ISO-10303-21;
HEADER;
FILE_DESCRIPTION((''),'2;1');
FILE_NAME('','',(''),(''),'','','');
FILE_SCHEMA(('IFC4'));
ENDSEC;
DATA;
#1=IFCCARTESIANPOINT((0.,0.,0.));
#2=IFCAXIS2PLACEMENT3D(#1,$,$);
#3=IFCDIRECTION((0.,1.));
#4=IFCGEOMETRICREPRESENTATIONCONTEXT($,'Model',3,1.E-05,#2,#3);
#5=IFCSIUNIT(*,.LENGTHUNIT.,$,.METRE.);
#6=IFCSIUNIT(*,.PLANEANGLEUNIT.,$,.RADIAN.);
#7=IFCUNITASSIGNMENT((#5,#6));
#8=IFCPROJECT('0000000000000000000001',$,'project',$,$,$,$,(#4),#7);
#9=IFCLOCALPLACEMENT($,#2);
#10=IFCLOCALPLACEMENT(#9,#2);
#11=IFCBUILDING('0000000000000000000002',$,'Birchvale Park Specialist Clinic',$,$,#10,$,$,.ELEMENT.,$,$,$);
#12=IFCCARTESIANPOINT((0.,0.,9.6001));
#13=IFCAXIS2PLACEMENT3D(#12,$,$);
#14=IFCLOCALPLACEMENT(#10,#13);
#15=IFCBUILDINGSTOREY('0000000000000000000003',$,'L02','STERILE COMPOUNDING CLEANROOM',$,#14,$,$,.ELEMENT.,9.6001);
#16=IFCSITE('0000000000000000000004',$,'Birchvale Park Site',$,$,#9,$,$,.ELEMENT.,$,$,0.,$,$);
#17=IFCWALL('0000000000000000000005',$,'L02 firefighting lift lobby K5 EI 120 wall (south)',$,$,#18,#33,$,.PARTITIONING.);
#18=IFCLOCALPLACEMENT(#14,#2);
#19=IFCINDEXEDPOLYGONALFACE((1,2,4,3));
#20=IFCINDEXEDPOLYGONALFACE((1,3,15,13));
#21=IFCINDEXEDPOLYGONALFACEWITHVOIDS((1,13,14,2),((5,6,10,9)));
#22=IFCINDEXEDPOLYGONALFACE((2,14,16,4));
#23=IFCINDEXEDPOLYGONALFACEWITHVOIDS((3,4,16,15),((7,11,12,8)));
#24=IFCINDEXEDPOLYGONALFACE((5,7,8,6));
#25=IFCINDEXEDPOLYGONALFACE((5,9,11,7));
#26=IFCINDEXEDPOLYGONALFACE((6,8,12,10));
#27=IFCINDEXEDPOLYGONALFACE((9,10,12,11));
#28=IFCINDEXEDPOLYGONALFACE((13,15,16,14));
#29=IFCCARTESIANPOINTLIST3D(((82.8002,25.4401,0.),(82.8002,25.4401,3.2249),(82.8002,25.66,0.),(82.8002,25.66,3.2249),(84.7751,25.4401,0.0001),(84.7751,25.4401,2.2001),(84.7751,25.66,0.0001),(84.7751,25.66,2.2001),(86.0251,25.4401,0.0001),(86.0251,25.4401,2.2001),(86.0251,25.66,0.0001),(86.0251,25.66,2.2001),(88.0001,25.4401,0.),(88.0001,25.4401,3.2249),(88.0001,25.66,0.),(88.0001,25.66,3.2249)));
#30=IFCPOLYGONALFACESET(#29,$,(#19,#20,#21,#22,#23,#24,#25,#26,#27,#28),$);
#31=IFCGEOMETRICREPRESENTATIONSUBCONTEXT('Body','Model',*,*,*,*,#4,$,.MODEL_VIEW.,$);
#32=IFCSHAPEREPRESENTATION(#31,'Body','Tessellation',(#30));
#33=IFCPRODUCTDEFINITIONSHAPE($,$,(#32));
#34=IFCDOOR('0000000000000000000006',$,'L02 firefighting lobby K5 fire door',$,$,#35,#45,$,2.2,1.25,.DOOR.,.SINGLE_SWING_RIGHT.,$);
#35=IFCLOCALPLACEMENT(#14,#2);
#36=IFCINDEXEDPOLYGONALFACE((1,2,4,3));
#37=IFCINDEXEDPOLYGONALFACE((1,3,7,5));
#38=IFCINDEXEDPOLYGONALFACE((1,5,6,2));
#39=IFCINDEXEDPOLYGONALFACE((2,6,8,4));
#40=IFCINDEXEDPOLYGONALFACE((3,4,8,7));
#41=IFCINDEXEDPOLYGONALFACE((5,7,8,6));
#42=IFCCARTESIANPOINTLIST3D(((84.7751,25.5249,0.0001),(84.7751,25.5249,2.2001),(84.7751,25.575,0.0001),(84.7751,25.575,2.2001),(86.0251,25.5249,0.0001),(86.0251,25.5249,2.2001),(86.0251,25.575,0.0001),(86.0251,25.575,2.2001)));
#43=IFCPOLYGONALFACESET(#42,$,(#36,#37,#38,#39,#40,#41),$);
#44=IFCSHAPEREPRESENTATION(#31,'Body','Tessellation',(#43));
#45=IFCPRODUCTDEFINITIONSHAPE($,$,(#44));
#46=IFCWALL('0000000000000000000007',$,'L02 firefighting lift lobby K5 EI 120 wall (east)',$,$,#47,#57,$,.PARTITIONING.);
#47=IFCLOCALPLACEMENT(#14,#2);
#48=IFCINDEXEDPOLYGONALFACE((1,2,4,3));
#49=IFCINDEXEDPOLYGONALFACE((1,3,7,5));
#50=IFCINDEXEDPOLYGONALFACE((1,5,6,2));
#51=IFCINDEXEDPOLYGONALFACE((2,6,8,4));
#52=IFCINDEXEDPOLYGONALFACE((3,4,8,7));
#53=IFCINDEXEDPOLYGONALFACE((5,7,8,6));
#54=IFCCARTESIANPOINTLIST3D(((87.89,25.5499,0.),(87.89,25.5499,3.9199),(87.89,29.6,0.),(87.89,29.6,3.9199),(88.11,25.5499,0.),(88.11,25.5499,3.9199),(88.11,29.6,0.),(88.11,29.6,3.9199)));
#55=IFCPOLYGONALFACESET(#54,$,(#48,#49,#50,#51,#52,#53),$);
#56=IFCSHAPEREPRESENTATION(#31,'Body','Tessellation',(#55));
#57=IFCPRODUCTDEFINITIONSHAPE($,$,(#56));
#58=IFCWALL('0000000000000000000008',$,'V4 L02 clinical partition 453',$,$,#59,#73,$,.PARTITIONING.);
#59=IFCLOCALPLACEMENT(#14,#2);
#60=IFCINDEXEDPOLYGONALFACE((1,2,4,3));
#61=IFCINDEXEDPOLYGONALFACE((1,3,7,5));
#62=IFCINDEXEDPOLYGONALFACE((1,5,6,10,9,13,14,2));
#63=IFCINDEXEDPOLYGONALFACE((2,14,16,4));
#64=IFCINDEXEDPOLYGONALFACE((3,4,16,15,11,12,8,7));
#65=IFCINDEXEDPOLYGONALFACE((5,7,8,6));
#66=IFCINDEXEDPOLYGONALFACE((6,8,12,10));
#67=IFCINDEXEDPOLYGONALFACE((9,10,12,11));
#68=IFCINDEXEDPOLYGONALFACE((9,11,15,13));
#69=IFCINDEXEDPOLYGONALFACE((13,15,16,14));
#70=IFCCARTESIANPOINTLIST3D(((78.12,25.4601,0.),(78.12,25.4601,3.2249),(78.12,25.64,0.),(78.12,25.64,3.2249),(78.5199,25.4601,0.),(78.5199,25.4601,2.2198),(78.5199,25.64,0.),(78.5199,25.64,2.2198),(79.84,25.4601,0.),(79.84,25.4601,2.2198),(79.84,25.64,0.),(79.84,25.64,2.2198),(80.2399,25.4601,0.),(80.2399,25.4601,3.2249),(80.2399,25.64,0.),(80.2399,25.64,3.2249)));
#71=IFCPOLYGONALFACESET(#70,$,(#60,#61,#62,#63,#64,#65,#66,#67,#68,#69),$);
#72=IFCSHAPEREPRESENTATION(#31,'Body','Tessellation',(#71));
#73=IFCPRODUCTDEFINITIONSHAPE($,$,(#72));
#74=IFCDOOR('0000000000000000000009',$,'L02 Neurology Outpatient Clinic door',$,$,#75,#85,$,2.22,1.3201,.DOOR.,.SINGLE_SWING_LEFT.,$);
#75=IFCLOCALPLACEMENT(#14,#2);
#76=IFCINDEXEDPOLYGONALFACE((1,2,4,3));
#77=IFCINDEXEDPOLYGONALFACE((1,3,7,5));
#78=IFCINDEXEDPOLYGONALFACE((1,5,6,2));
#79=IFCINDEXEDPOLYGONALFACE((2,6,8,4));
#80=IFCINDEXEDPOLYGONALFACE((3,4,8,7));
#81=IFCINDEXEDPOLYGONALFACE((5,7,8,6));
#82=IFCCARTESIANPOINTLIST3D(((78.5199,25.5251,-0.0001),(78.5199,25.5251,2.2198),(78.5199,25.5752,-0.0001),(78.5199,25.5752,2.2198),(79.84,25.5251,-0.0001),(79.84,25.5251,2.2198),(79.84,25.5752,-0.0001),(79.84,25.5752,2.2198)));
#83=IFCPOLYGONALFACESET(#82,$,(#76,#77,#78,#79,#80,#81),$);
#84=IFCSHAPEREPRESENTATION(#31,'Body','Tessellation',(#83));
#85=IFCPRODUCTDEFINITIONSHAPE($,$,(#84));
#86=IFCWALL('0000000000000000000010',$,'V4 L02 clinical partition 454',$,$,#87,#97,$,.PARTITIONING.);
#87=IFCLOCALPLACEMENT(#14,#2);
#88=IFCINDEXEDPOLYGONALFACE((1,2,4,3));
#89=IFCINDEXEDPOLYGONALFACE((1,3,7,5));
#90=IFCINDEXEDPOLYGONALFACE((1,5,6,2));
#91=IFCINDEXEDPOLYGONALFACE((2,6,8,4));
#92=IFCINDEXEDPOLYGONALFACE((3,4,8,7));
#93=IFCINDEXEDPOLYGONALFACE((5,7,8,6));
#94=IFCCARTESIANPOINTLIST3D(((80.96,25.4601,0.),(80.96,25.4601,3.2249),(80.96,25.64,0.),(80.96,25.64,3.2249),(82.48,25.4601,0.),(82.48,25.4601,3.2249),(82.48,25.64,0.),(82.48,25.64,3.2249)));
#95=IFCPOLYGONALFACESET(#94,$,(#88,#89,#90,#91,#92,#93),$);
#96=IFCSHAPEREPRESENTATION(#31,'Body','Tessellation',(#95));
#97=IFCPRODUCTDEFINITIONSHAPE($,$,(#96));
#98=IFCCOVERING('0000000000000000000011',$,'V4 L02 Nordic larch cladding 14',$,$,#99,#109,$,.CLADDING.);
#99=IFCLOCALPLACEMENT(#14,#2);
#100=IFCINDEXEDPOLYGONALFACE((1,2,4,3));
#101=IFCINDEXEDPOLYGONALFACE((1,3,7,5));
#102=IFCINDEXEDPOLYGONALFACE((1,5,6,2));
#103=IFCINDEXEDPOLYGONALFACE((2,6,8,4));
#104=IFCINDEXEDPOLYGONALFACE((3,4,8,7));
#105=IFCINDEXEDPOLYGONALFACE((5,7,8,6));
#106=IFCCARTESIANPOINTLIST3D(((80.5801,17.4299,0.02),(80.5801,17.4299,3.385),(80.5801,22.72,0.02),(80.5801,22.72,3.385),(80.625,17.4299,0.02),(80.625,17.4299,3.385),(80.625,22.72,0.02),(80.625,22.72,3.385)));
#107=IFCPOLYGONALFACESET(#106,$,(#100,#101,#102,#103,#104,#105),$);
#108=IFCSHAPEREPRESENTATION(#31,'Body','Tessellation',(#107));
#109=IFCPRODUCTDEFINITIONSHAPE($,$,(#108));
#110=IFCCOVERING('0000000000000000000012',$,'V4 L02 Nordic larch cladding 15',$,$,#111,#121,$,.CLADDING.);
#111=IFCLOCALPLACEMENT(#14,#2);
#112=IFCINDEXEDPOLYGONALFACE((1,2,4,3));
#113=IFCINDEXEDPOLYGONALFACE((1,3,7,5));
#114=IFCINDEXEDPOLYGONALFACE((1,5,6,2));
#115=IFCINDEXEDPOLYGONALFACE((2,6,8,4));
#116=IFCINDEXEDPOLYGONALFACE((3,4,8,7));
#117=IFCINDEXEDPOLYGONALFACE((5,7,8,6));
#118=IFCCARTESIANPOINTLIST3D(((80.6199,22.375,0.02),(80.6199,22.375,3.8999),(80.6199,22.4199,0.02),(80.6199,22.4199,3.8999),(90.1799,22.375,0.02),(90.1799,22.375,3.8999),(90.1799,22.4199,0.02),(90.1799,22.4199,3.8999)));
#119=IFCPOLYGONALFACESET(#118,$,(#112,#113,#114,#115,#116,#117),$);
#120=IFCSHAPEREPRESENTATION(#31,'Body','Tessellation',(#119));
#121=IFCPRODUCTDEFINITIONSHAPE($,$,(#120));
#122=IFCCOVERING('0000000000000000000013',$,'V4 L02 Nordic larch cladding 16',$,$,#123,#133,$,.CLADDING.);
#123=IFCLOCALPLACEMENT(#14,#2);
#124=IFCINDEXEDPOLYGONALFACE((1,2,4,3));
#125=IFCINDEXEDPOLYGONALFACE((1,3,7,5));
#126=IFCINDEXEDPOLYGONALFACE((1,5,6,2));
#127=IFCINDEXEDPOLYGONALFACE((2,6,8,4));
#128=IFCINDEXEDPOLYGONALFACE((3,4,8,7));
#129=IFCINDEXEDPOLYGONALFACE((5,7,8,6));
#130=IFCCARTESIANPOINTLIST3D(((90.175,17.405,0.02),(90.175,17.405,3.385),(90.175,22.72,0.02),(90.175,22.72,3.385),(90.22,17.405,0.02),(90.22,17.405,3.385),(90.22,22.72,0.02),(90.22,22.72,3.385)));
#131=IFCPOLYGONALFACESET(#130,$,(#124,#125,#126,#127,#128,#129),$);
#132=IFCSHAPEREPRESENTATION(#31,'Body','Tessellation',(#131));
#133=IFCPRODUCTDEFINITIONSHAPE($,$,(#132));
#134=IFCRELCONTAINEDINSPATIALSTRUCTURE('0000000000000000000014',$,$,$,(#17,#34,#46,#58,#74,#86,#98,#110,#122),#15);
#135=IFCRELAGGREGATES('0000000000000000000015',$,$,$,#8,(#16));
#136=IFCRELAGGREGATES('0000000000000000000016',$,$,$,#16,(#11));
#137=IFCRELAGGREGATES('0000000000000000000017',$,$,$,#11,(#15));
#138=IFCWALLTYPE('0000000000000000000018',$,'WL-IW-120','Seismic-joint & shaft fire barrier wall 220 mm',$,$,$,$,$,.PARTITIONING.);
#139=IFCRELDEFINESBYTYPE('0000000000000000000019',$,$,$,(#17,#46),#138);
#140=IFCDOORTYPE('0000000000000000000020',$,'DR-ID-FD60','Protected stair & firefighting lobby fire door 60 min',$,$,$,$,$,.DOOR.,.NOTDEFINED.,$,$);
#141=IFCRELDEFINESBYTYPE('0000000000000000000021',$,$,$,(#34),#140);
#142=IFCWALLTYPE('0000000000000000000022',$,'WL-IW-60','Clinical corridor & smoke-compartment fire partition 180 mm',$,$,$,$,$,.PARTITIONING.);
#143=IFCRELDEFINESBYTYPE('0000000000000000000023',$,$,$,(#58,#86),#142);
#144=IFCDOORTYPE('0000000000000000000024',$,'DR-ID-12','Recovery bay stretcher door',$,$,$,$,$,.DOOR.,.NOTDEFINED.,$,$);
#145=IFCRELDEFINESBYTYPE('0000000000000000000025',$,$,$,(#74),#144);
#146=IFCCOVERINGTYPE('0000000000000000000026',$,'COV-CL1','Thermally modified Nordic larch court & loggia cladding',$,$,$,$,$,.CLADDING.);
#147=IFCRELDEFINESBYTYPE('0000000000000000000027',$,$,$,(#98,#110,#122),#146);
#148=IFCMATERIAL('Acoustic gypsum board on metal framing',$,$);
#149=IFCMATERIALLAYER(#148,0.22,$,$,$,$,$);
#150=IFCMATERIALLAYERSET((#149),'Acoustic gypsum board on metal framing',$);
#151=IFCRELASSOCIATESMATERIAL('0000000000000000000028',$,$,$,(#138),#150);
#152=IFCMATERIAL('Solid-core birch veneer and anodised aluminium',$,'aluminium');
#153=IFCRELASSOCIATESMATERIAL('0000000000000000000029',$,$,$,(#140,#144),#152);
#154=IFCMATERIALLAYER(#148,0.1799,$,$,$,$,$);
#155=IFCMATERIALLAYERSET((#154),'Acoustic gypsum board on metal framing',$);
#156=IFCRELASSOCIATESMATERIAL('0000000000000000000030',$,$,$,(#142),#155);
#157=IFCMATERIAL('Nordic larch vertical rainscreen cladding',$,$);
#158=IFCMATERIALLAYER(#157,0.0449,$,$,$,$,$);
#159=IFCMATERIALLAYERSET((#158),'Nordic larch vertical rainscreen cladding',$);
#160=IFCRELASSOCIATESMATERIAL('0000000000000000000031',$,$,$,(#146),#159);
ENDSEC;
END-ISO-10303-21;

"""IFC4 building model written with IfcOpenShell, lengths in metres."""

from ifc_helpers import new_model, si_unit, direction, frame, frame_2d, origin, origin_2d, place, context, subcontext, project, spatial, rectangle, extrude, material, layer, layer_set, type_object, element, fill, save


model = new_model("IFC4")

# Units and contexts
model_context = context("Model", 3, precision=1e-05, world=origin(), true_north=direction((0.0, 1.0)))
body_context = subcontext(model_context, "Body", "Model", "MODEL_VIEW")
ifc_project = project(units=[si_unit("LENGTHUNIT", "METRE"), si_unit("PLANEANGLEUNIT", "RADIAN")], contexts=[model_context])

# Site, building, storey
site_placement = place(None, origin())
site = spatial("IfcSite", under=ifc_project, at=site_placement, Name="Birchvale Park Site", CompositionType="ELEMENT", RefElevation=0.0)
building_placement = place(site_placement, origin())
building = spatial("IfcBuilding", under=site, at=building_placement, Name="Birchvale Park Specialist Clinic", CompositionType="ELEMENT")
storey_placement = place(building_placement, frame((0.0, 0.0, 9.6001)))
storey = spatial("IfcBuildingStorey", under=building, at=storey_placement, Name="L02", Description="STERILE COMPOUNDING CLEANROOM", CompositionType="ELEMENT", Elevation=9.6001)

# Wall, opening, door
ifc_material_1 = material(Name="Acoustic gypsum board on metal framing")
ifc_layer_1 = layer(ifc_material_1, 0.22)
ifc_layer_set_1 = layer_set([ifc_layer_1], Name="Acoustic gypsum board on metal framing")
wall_type_1 = type_object("IfcWallType", Name="WL-IW-120", Description="Seismic-joint & shaft fire barrier wall 220 mm", PredefinedType="PARTITIONING", material=ifc_layer_set_1)
wall_1_placement = place(storey_placement, frame((82.8, 25.55, 0.0), z_axis=(0.0, 0.0, 1.0), x_axis=(1.0, 0.0, 0.0)))
wall_1 = element("IfcWall", 1, at=wall_1_placement, inside=storey, type_object=wall_type_1, Name="L02 firefighting lift lobby K5 EI 120 wall (south)", PredefinedType="PARTITIONING", context=body_context, shape_type="SweptSolid", body=[
    extrude(rectangle(XDim=5.2, YDim=0.22, at=frame_2d((2.6001, 0.0))), origin(), (0.0, 0.0, 1.0), 3.2249),
])
opening_1_placement = place(wall_1_placement, frame((1.9751, 0.0, 0.0)))
opening_1 = element("IfcOpeningElement", 2, at=opening_1_placement, cuts=wall_1, PredefinedType="OPENING", context=body_context, shape_type="SweptSolid", body=[
    extrude(rectangle(XDim=1.25, YDim=2.2, at=frame_2d((0.625, 1.1001))), frame((0.0, 0.1201, 0.0), z_axis=(0.0, -1.0, 0.0), x_axis=(1.0, 0.0, 0.0)), (0.0, 0.0, 1.0), 0.24),
])
ifc_material_2 = material(Name="Solid-core birch veneer and anodised aluminium", Category="aluminium")
door_type_1 = type_object("IfcDoorType", Name="DR-ID-FD60", Description="Protected stair & firefighting lobby fire door 60 min", OperationType="NOTDEFINED", PredefinedType="DOOR", material=ifc_material_2)
door_1_placement = place(opening_1_placement, origin())
door_1 = element("IfcDoor", 3, at=door_1_placement, inside=storey, type_object=door_type_1, Name="L02 firefighting lobby K5 fire door", OperationType="SINGLE_SWING_RIGHT", OverallHeight=2.2, OverallWidth=1.25, PredefinedType="DOOR", context=body_context, shape_type="SweptSolid", body=[
    extrude(rectangle(XDim=1.25, YDim=2.2, at=frame_2d((0.625, 1.1001))), frame((0.0, 0.0249, 0.0), z_axis=(0.0, -1.0, 0.0), x_axis=(1.0, 0.0, 0.0)), (0.0, 0.0, 1.0), 0.05),
])
fill(opening_1, door_1)

# Wall
wall_2_placement = place(storey_placement, frame((88.0, 25.55, 0.0), z_axis=(0.0, 0.0, 1.0), x_axis=(0.0, 1.0, 0.0)))
element("IfcWall", 4, at=wall_2_placement, inside=storey, type_object=wall_type_1, Name="L02 firefighting lift lobby K5 EI 120 wall (east)", PredefinedType="PARTITIONING", context=body_context, shape_type="SweptSolid", body=[
    extrude(rectangle(XDim=4.05, YDim=0.22, at=frame_2d((2.0249, 0.0))), origin(), (0.0, 0.0, 1.0), 3.9199),
])

# Wall, opening, door
ifc_layer_2 = layer(ifc_material_1, 0.1799)
ifc_layer_set_2 = layer_set([ifc_layer_2], Name="Acoustic gypsum board on metal framing")
wall_type_2 = type_object("IfcWallType", Name="WL-IW-60", Description="Clinical corridor & smoke-compartment fire partition 180 mm", PredefinedType="PARTITIONING", material=ifc_layer_set_2)
wall_3_placement = place(storey_placement, frame((80.24, 25.55, 0.0), z_axis=(0.0, 0.0, 1.0), x_axis=(-1.0, 0.0, 0.0)))
wall_3 = element("IfcWall", 5, at=wall_3_placement, inside=storey, type_object=wall_type_2, Name="V4 L02 clinical partition 453", PredefinedType="PARTITIONING", context=body_context, shape_type="SweptSolid", body=[
    extrude(rectangle(XDim=2.1199, YDim=0.1799, at=frame_2d((1.0601, 0.0))), origin(), (0.0, 0.0, 1.0), 3.2249),
])
opening_2_placement = place(wall_3_placement, frame((0.3999, 0.0, 0.0)))
opening_2 = element("IfcOpeningElement", 6, at=opening_2_placement, cuts=wall_3, PredefinedType="OPENING", context=body_context, shape_type="SweptSolid", body=[
    extrude(rectangle(XDim=1.3201, YDim=2.22, at=frame_2d((0.6602, 1.1099))), frame((0.0, 0.1001, 0.0), z_axis=(0.0, -1.0, 0.0), x_axis=(1.0, 0.0, 0.0)), (0.0, 0.0, 1.0), 0.2),
])
door_type_2 = type_object("IfcDoorType", Name="DR-ID-12", Description="Recovery bay stretcher door", OperationType="NOTDEFINED", PredefinedType="DOOR", material=ifc_material_2)
door_2_placement = place(opening_2_placement, origin())
door_2 = element("IfcDoor", 7, at=door_2_placement, inside=storey, type_object=door_type_2, Name="L02 Neurology Outpatient Clinic door", OperationType="SINGLE_SWING_LEFT", OverallHeight=2.22, OverallWidth=1.3201, PredefinedType="DOOR", context=body_context, shape_type="SweptSolid", body=[
    extrude(rectangle(XDim=1.3201, YDim=2.22, at=frame_2d((0.6602, 1.1099))), frame((0.0, 0.0249, 0.0), z_axis=(0.0, -1.0, 0.0), x_axis=(1.0, 0.0, 0.0)), (0.0, 0.0, 1.0), 0.05),
])
fill(opening_2, door_2)

# Wall
wall_4_placement = place(storey_placement, frame((82.48, 25.55, 0.0), z_axis=(0.0, 0.0, 1.0), x_axis=(-1.0, 0.0, 0.0)))
element("IfcWall", 8, at=wall_4_placement, inside=storey, type_object=wall_type_2, Name="V4 L02 clinical partition 454", PredefinedType="PARTITIONING", context=body_context, shape_type="SweptSolid", body=[
    extrude(rectangle(XDim=1.52, YDim=0.1799, at=frame_2d((0.76, 0.0))), origin(), (0.0, 0.0, 1.0), 3.2249),
])

# Coverings
ifc_material_3 = material(Name="Nordic larch vertical rainscreen cladding")
ifc_layer_3 = layer(ifc_material_3, 0.0449)
ifc_layer_set_3 = layer_set([ifc_layer_3], Name="Nordic larch vertical rainscreen cladding")
covering_type = type_object("IfcCoveringType", Name="COV-CL1", Description="Thermally modified Nordic larch court & loggia cladding", PredefinedType="CLADDING", material=ifc_layer_set_3)
covering_1_placement = place(storey_placement, frame((80.6025, 20.075, 0.02), z_axis=(0.0, 0.0, 1.0), x_axis=(0.0, 1.0, 0.0)))
element("IfcCovering", 9, at=covering_1_placement, inside=storey, type_object=covering_type, Name="V4 L02 Nordic larch cladding 14", PredefinedType="CLADDING", context=body_context, shape_type="SweptSolid", body=[
    extrude(rectangle(XDim=5.29, YDim=0.0449, at=origin_2d()), origin(), (0.0, 0.0, 1.0), 3.365),
])
covering_2_placement = place(storey_placement, frame((85.3999, 22.3975, 0.02), z_axis=(0.0, 0.0, 1.0), x_axis=(1.0, 0.0, 0.0)))
element("IfcCovering", 10, at=covering_2_placement, inside=storey, type_object=covering_type, Name="V4 L02 Nordic larch cladding 15", PredefinedType="CLADDING", context=body_context, shape_type="SweptSolid", body=[
    extrude(rectangle(XDim=9.5601, YDim=0.0449, at=origin_2d()), origin(), (0.0, 0.0, 1.0), 3.8799),
])
covering_3_placement = place(storey_placement, frame((90.1975, 20.0625, 0.02), z_axis=(0.0, 0.0, 1.0), x_axis=(0.0, -1.0, 0.0)))
element("IfcCovering", 11, at=covering_3_placement, inside=storey, type_object=covering_type, Name="V4 L02 Nordic larch cladding 16", PredefinedType="CLADDING", context=body_context, shape_type="SweptSolid", body=[
    extrude(rectangle(XDim=5.3149, YDim=0.0449, at=origin_2d()), origin(), (0.0, 0.0, 1.0), 3.365),
])

save(model, "model.ifc")
